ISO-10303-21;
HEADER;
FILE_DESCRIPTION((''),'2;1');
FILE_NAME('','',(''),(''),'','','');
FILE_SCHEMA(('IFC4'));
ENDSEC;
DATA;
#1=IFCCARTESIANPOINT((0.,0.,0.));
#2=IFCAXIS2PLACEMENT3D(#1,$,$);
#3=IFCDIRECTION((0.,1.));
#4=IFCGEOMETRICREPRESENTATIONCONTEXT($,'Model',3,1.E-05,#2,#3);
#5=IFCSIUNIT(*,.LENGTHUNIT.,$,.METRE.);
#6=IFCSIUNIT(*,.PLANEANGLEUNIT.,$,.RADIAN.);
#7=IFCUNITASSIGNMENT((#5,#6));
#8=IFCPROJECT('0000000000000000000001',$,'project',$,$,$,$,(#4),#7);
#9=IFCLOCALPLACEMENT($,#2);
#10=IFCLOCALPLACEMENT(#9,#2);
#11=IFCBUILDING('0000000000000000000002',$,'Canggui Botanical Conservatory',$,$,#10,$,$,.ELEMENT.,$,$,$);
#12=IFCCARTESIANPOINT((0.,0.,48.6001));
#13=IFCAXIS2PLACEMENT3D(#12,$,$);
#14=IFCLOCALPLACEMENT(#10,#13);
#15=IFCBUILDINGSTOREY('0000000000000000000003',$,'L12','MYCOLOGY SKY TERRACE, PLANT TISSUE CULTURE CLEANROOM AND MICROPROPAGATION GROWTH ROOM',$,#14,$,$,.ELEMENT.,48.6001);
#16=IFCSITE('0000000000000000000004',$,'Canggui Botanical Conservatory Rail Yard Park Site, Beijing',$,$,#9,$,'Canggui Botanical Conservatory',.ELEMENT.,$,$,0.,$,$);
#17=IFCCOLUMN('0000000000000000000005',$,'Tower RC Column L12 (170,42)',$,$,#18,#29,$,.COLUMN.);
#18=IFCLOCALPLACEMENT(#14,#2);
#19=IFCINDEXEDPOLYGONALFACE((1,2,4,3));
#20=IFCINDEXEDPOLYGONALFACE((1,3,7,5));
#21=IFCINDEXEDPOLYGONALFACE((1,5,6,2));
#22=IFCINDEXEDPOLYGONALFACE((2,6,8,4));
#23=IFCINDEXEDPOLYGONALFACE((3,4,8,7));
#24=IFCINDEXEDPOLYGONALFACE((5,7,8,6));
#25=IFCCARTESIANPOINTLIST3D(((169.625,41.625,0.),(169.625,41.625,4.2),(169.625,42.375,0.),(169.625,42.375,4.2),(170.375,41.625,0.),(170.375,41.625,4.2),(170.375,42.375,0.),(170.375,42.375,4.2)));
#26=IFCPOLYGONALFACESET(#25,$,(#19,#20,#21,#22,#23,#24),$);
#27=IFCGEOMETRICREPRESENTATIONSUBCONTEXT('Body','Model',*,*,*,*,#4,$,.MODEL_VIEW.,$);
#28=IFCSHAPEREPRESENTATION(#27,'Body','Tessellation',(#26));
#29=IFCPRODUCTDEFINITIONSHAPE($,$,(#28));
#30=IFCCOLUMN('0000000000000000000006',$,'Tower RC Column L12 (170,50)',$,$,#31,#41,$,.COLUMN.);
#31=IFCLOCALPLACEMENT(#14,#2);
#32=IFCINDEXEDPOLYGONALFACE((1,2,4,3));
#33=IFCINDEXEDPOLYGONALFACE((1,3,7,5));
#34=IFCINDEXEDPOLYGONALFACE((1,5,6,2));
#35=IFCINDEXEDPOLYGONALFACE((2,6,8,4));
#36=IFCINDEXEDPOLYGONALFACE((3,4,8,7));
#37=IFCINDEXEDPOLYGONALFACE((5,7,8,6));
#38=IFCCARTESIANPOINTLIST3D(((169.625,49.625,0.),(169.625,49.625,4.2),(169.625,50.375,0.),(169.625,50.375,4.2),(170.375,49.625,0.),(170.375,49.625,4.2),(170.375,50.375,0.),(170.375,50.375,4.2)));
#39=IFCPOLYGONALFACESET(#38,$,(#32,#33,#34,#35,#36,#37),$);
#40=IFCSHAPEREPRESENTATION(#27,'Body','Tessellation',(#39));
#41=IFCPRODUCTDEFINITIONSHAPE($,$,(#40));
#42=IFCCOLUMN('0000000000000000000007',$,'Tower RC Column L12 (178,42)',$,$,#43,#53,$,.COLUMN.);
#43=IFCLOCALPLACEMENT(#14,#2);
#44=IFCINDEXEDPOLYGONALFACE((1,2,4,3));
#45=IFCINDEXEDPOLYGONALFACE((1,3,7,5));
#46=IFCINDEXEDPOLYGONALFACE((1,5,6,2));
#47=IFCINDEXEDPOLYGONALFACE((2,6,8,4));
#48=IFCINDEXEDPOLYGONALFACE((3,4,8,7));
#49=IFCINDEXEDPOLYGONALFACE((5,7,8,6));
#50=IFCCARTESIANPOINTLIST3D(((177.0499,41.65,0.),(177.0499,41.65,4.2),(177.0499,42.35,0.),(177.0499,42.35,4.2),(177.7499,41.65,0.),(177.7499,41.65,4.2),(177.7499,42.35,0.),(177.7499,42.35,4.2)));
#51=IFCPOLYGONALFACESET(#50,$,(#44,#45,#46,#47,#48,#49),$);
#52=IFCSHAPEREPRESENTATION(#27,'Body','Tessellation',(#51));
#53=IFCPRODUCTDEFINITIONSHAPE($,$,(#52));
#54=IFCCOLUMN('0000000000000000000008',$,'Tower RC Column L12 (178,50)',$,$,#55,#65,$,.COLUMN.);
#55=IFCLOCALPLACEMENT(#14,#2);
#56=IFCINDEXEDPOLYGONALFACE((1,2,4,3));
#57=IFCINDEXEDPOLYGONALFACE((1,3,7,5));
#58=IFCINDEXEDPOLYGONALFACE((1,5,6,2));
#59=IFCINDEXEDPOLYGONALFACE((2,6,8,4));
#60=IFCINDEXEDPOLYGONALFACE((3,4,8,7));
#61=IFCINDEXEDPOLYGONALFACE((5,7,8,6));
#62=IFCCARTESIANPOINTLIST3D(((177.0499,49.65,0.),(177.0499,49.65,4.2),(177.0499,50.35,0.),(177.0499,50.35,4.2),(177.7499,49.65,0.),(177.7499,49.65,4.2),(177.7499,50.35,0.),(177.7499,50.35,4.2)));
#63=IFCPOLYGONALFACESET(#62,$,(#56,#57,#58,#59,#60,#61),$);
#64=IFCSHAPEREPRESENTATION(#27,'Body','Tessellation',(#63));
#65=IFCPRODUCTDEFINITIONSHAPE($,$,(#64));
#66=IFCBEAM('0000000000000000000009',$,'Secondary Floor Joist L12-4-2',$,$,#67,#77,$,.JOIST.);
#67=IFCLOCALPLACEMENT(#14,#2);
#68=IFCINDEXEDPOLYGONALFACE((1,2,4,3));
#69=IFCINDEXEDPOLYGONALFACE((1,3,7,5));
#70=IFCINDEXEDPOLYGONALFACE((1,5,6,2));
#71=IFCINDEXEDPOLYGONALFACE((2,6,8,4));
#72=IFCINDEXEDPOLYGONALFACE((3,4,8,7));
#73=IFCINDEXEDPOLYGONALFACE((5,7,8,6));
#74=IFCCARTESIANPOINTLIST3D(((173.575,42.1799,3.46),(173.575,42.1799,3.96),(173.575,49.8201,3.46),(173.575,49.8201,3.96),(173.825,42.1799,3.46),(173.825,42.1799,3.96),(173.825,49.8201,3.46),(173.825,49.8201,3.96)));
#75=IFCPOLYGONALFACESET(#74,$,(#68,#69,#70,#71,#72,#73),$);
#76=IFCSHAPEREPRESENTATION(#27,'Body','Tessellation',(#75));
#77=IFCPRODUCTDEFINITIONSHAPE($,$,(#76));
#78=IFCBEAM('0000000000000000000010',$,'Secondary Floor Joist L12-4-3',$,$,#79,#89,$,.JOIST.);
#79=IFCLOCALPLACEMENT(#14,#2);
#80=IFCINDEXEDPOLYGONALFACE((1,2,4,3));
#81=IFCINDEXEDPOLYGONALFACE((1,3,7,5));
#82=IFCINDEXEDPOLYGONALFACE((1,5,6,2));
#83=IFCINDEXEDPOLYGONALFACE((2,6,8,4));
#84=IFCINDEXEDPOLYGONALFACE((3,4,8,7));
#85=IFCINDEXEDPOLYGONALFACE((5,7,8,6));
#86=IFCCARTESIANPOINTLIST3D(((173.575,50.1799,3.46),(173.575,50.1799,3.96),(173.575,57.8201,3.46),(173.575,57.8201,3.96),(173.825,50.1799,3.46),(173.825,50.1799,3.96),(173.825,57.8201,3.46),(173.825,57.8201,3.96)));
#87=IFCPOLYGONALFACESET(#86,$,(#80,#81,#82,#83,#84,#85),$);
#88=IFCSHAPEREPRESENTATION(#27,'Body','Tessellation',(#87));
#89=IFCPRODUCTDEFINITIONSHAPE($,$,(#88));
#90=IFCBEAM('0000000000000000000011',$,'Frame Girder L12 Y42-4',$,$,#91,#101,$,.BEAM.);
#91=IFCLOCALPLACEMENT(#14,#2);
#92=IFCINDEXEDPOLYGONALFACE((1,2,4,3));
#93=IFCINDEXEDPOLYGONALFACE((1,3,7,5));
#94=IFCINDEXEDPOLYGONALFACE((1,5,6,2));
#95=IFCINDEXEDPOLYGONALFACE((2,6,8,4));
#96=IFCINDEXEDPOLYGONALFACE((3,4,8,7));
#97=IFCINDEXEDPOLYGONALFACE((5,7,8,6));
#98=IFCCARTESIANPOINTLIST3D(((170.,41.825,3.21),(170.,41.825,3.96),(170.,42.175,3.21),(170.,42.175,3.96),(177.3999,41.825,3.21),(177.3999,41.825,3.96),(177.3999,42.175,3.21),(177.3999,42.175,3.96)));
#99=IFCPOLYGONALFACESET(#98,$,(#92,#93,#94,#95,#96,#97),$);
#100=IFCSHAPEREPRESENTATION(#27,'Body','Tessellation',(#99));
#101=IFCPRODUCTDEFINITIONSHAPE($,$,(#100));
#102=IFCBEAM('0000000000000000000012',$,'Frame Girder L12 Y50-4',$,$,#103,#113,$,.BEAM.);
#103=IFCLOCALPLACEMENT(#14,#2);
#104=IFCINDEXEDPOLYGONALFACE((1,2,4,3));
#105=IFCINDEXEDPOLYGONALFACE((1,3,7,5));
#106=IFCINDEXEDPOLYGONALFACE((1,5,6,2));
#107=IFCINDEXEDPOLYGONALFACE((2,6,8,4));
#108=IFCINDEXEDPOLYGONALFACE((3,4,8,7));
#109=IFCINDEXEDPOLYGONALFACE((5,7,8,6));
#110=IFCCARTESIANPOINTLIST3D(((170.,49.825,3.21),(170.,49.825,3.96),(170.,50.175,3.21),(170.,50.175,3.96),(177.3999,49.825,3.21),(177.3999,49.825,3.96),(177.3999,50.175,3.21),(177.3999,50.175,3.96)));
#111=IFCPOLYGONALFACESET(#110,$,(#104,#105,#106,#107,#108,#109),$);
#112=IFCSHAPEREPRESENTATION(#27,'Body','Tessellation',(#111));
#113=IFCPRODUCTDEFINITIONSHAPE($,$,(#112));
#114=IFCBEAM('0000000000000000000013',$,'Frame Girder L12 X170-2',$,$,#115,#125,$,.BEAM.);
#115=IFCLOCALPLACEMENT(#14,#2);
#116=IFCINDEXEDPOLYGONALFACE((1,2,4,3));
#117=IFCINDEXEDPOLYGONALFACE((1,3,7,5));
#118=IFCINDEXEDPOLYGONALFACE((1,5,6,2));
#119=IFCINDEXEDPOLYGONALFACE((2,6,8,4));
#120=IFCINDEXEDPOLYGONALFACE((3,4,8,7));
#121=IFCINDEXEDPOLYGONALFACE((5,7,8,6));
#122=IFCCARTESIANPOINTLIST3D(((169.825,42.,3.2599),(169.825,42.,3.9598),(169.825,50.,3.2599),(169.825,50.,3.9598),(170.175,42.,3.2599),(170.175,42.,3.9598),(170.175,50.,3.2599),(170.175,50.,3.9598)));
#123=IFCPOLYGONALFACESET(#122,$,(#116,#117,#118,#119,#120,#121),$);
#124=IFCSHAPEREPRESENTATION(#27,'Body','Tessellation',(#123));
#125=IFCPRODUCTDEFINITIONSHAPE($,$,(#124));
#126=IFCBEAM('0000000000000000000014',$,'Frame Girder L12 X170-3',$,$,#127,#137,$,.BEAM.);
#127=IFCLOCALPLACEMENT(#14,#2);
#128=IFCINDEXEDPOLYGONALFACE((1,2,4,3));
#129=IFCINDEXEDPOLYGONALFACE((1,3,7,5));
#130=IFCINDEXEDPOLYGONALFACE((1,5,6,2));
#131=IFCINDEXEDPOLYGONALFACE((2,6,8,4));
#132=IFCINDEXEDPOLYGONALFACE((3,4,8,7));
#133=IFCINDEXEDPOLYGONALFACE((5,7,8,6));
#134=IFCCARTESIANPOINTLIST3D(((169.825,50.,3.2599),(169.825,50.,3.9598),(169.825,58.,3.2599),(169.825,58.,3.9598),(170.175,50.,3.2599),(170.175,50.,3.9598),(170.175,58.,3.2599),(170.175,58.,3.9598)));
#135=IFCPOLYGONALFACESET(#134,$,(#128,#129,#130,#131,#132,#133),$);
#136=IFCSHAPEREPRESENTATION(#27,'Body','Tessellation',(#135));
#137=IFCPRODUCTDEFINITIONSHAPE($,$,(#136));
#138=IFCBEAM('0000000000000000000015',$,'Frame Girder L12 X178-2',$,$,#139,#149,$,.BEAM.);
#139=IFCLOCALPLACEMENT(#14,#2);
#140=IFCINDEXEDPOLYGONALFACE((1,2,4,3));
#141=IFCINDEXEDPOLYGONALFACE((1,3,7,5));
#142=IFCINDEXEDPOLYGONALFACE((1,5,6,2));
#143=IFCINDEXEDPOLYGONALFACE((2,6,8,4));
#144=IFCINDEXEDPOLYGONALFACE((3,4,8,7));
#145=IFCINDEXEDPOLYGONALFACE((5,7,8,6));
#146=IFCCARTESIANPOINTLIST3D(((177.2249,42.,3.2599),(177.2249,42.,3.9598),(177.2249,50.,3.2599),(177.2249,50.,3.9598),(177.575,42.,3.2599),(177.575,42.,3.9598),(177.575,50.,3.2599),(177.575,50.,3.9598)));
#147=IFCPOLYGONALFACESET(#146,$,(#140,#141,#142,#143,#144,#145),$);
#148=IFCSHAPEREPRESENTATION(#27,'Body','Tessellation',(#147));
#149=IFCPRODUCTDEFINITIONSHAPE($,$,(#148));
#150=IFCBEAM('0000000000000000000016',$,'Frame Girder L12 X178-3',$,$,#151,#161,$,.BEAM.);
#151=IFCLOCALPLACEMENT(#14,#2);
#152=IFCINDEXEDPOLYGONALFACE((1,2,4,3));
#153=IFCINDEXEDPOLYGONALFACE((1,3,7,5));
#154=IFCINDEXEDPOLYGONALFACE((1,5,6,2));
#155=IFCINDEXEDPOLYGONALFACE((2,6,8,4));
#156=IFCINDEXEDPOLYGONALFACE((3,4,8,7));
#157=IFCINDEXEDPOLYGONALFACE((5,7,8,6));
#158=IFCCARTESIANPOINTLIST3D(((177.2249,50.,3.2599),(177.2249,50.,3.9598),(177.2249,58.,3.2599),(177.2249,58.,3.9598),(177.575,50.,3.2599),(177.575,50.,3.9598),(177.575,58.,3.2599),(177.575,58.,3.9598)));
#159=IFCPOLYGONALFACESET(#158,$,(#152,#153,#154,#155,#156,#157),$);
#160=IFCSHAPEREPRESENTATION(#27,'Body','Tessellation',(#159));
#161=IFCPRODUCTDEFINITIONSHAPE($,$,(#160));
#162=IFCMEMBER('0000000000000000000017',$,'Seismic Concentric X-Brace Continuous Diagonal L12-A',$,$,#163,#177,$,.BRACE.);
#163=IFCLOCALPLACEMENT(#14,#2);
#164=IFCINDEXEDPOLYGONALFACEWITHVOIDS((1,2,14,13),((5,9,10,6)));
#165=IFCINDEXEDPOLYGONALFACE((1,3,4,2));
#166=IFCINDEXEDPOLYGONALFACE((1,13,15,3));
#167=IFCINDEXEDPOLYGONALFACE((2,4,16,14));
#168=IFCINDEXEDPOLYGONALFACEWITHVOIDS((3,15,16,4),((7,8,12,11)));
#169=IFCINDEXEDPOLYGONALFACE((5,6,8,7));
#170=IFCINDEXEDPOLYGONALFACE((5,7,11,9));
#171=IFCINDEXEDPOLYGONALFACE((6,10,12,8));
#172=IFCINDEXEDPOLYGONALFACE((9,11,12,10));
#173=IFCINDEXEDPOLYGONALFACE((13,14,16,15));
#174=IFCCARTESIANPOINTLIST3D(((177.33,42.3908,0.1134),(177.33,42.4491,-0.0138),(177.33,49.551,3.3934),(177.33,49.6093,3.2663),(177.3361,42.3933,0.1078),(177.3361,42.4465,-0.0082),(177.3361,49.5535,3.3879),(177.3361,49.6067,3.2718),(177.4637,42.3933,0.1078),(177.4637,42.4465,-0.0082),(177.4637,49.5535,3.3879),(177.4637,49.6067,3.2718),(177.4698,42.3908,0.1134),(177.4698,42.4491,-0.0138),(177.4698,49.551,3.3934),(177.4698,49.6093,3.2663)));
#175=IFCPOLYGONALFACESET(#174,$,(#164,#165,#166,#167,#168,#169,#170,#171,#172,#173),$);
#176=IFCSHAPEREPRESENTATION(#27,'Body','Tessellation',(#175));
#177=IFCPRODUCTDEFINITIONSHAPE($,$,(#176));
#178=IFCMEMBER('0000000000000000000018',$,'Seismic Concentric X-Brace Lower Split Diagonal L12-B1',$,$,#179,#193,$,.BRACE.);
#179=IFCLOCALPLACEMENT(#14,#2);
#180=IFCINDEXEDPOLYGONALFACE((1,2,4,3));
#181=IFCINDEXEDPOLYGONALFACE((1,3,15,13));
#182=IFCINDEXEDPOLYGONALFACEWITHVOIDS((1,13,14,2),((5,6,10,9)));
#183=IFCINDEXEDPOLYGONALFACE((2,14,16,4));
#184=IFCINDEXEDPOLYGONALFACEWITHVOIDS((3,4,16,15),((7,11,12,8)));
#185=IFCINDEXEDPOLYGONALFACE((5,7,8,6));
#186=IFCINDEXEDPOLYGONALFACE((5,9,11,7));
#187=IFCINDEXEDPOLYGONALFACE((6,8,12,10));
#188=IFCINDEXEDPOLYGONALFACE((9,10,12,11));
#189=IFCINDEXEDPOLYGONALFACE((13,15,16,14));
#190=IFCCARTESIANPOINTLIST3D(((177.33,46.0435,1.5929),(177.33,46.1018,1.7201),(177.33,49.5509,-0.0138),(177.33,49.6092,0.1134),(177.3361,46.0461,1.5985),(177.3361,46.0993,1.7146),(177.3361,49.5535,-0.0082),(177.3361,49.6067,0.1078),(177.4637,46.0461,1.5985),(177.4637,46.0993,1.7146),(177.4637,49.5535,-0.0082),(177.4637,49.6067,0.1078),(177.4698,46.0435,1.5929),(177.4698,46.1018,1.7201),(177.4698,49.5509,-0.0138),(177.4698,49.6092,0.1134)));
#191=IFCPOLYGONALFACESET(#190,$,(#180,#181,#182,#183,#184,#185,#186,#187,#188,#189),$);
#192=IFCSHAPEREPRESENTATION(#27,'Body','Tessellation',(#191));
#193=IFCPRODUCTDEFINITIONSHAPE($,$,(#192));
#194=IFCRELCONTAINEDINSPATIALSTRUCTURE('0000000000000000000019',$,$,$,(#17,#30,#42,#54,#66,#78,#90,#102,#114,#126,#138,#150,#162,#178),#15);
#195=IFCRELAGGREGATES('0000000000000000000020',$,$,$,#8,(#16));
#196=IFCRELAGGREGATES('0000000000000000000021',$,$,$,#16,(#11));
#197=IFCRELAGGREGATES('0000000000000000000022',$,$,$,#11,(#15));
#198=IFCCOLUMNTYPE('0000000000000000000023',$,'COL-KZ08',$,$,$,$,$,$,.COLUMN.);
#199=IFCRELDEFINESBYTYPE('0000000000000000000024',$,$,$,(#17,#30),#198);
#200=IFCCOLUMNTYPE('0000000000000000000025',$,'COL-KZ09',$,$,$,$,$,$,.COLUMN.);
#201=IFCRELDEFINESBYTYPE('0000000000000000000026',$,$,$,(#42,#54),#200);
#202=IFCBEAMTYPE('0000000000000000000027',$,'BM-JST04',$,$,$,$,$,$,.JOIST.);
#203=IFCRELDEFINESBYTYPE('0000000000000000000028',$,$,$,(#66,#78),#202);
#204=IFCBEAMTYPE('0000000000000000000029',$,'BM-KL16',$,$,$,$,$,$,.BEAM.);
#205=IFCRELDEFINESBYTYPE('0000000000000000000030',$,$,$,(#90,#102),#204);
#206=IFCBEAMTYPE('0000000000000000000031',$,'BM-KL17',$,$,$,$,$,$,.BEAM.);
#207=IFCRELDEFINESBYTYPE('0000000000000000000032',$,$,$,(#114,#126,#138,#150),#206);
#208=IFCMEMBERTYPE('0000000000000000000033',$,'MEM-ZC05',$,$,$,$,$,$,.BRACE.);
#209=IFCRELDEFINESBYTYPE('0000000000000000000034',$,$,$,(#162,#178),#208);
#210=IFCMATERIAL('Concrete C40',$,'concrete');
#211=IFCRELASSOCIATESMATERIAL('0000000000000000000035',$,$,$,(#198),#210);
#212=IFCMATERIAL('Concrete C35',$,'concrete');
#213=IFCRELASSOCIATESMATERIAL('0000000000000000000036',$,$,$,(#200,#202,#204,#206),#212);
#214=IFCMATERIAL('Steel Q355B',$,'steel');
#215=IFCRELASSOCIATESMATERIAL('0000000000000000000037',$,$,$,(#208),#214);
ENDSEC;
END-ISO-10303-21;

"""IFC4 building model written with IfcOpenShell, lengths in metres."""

from ifc_helpers import new_model, si_unit, direction, frame, origin, origin_2d, place, context, subcontext, project, spatial, rectangle, hollow_rectangle, extrude, material, material_profile, profile_set, type_object, element, save


model = new_model("IFC4")

# Units and contexts
model_context = context("Model", 3, precision=1e-05, world=origin(), true_north=direction((0.0, 1.0)))
body_context = subcontext(model_context, "Body", "Model", "MODEL_VIEW")
ifc_project = project(units=[si_unit("LENGTHUNIT", "METRE"), si_unit("PLANEANGLEUNIT", "RADIAN")], contexts=[model_context])

# Site, building, storey
site_placement = place(None, origin())
site = spatial("IfcSite", under=ifc_project, at=site_placement, Name="Canggui Botanical Conservatory Rail Yard Park Site, Beijing", LongName="Canggui Botanical Conservatory", CompositionType="ELEMENT", RefElevation=0.0)
building_placement = place(site_placement, origin())
building = spatial("IfcBuilding", under=site, at=building_placement, Name="Canggui Botanical Conservatory", CompositionType="ELEMENT")
storey_placement = place(building_placement, frame((0.0, 0.0, 48.6001)))
storey = spatial("IfcBuildingStorey", under=building, at=storey_placement, Name="L12", Description="MYCOLOGY SKY TERRACE, PLANT TISSUE CULTURE CLEANROOM AND MICROPROPAGATION GROWTH ROOM", CompositionType="ELEMENT", Elevation=48.6001)

# Columns
ifc_material_1 = material(Name="Concrete C40", Category="concrete")
ifc_material_profile_1 = material_profile(ifc_material_1, rectangle(XDim=0.75, YDim=0.75, at=origin_2d()), Name="RC 750x750")
ifc_profile_set_1 = profile_set([ifc_material_profile_1], Name="Concrete C40")
column_type_1 = type_object("IfcColumnType", Name="COL-KZ08", PredefinedType="COLUMN", material=ifc_profile_set_1)
for number, where, z_axis, x_axis, name in (
    (1, (170.0, 42.0, 0.0), (0.0, 0.0, 1.0), (1.0, 0.0, 0.0), "Tower RC Column L12 (170,42)"),
    (2, (170.0, 50.0, 0.0), (0.0, 0.0, 1.0), (1.0, 0.0, 0.0), "Tower RC Column L12 (170,50)"),
):
    element("IfcColumn", number, at=place(storey_placement, frame(where, z_axis=z_axis, x_axis=x_axis)), inside=storey, type_object=column_type_1, Name=name, PredefinedType="COLUMN", context=body_context, shape_type="SweptSolid", body=[
        extrude(rectangle(XDim=0.75, YDim=0.75, at=origin_2d()), origin(), (0.0, 0.0, 1.0), 4.2),
    ])
ifc_material_2 = material(Name="Concrete C35", Category="concrete")
ifc_material_profile_2 = material_profile(ifc_material_2, rectangle(XDim=0.7, YDim=0.7, at=origin_2d()), Name="RC 700x700")
ifc_profile_set_2 = profile_set([ifc_material_profile_2], Name="Concrete C35")
column_type_2 = type_object("IfcColumnType", Name="COL-KZ09", PredefinedType="COLUMN", material=ifc_profile_set_2)
for number, where, z_axis, x_axis, name in (
    (3, (177.3999, 42.0, 0.0), (0.0, 0.0, 1.0), (1.0, 0.0, 0.0), "Tower RC Column L12 (178,42)"),
    (4, (177.3999, 50.0, 0.0), (0.0, 0.0, 1.0), (1.0, 0.0, 0.0), "Tower RC Column L12 (178,50)"),
):
    element("IfcColumn", number, at=place(storey_placement, frame(where, z_axis=z_axis, x_axis=x_axis)), inside=storey, type_object=column_type_2, Name=name, PredefinedType="COLUMN", context=body_context, shape_type="SweptSolid", body=[
        extrude(rectangle(XDim=0.7, YDim=0.7, at=origin_2d()), origin(), (0.0, 0.0, 1.0), 4.2),
    ])

# Beams
ifc_material_profile_3 = material_profile(ifc_material_2, rectangle(XDim=0.25, YDim=0.5, at=origin_2d()), Name="RB 250x500")
ifc_profile_set_3 = profile_set([ifc_material_profile_3], Name="Concrete C35")
beam_type_1 = type_object("IfcBeamType", Name="BM-JST04", PredefinedType="JOIST", material=ifc_profile_set_3)
for number, where, z_axis, x_axis, name in (
    (5, (173.7, 42.1799, 3.71), (0.0, 1.0, 0.0), (-1.0, 0.0, 0.0), "Secondary Floor Joist L12-4-2"),
    (6, (173.7, 50.1799, 3.71), (0.0, 1.0, 0.0), (-1.0, 0.0, 0.0), "Secondary Floor Joist L12-4-3"),
):
    element("IfcBeam", number, at=place(storey_placement, frame(where, z_axis=z_axis, x_axis=x_axis)), inside=storey, type_object=beam_type_1, Name=name, PredefinedType="JOIST", context=body_context, shape_type="SweptSolid", body=[
        extrude(rectangle(XDim=0.25, YDim=0.5, at=origin_2d()), origin(), (0.0, 0.0, 1.0), 7.6401),
    ])
ifc_material_profile_4 = material_profile(ifc_material_2, rectangle(XDim=0.3501, YDim=0.75, at=origin_2d()), Name="RB 350x750")
ifc_profile_set_4 = profile_set([ifc_material_profile_4], Name="Concrete C35")
beam_type_2 = type_object("IfcBeamType", Name="BM-KL16", PredefinedType="BEAM", material=ifc_profile_set_4)
for number, where, z_axis, x_axis, name in (
    (7, (170.0, 42.0, 3.585), (1.0, 0.0, 0.0), (0.0, 1.0, 0.0), "Frame Girder L12 Y42-4"),
    (8, (170.0, 50.0, 3.585), (1.0, 0.0, 0.0), (0.0, 1.0, 0.0), "Frame Girder L12 Y50-4"),
):
    element("IfcBeam", number, at=place(storey_placement, frame(where, z_axis=z_axis, x_axis=x_axis)), inside=storey, type_object=beam_type_2, Name=name, PredefinedType="BEAM", context=body_context, shape_type="SweptSolid", body=[
        extrude(rectangle(XDim=0.3501, YDim=0.75, at=origin_2d()), origin(), (0.0, 0.0, 1.0), 7.3999),
    ])
ifc_material_profile_5 = material_profile(ifc_material_2, rectangle(XDim=0.3501, YDim=0.7, at=origin_2d()), Name="RB 350x700")
ifc_profile_set_5 = profile_set([ifc_material_profile_5], Name="Concrete C35")
beam_type_3 = type_object("IfcBeamType", Name="BM-KL17", PredefinedType="BEAM", material=ifc_profile_set_5)
for number, where, z_axis, x_axis, name in (
    (9, (170.0, 42.0, 3.6099), (0.0, 1.0, 0.0), (-1.0, 0.0, 0.0), "Frame Girder L12 X170-2"),
    (10, (170.0, 50.0, 3.6099), (0.0, 1.0, 0.0), (-1.0, 0.0, 0.0), "Frame Girder L12 X170-3"),
    (11, (177.3999, 42.0, 3.6099), (0.0, 1.0, 0.0), (-1.0, 0.0, 0.0), "Frame Girder L12 X178-2"),
    (12, (177.3999, 50.0, 3.6099), (0.0, 1.0, 0.0), (-1.0, 0.0, 0.0), "Frame Girder L12 X178-3"),
):
    element("IfcBeam", number, at=place(storey_placement, frame(where, z_axis=z_axis, x_axis=x_axis)), inside=storey, type_object=beam_type_3, Name=name, PredefinedType="BEAM", context=body_context, shape_type="SweptSolid", body=[
        extrude(rectangle(XDim=0.3501, YDim=0.7, at=origin_2d()), origin(), (0.0, 0.0, 1.0), 8.0),
    ])

# Members
ifc_material_3 = material(Name="Steel Q355B", Category="steel")
ifc_material_profile_6 = material_profile(ifc_material_3, hollow_rectangle(XDim=0.1399, YDim=0.1399, WallThickness=0.0061, at=origin_2d()), Name="SHS 140x140x6")
ifc_profile_set_6 = profile_set([ifc_material_profile_6], Name="Steel Q355B")
member_type = type_object("IfcMemberType", Name="MEM-ZC05", PredefinedType="BRACE", material=ifc_profile_set_6)
member_placement = place(storey_placement, frame((177.3999, 42.4199, 0.0498), z_axis=(0.0, 0.909147, 0.416475), x_axis=(-1.0, 0.0, 0.0)))
element("IfcMember", 13, at=member_placement, inside=storey, type_object=member_type, Name="Seismic Concentric X-Brace Continuous Diagonal L12-A", PredefinedType="BRACE", context=body_context, shape_type="SweptSolid", body=[
    extrude(hollow_rectangle(XDim=0.1399, YDim=0.1399, WallThickness=0.0061, at=origin_2d()), origin(), (0.0, 0.0, 1.0), 7.8757),
])
for number, where, z_axis, x_axis, name in (
    (14, (177.3999, 49.5801, 0.0498), (0.0, -0.909147, 0.416476), (1.0, 0.0, 0.0), "Seismic Concentric X-Brace Lower Split Diagonal L12-B1"),
):
    element("IfcMember", number, at=place(storey_placement, frame(where, z_axis=z_axis, x_axis=x_axis)), inside=storey, type_object=member_type, Name=name, PredefinedType="BRACE", context=body_context, shape_type="SweptSolid", body=[
        extrude(hollow_rectangle(XDim=0.1399, YDim=0.1399, WallThickness=0.0061, at=origin_2d()), origin(), (0.0, 0.0, 1.0), 3.8579),
    ])

save(model, "model.ifc")
